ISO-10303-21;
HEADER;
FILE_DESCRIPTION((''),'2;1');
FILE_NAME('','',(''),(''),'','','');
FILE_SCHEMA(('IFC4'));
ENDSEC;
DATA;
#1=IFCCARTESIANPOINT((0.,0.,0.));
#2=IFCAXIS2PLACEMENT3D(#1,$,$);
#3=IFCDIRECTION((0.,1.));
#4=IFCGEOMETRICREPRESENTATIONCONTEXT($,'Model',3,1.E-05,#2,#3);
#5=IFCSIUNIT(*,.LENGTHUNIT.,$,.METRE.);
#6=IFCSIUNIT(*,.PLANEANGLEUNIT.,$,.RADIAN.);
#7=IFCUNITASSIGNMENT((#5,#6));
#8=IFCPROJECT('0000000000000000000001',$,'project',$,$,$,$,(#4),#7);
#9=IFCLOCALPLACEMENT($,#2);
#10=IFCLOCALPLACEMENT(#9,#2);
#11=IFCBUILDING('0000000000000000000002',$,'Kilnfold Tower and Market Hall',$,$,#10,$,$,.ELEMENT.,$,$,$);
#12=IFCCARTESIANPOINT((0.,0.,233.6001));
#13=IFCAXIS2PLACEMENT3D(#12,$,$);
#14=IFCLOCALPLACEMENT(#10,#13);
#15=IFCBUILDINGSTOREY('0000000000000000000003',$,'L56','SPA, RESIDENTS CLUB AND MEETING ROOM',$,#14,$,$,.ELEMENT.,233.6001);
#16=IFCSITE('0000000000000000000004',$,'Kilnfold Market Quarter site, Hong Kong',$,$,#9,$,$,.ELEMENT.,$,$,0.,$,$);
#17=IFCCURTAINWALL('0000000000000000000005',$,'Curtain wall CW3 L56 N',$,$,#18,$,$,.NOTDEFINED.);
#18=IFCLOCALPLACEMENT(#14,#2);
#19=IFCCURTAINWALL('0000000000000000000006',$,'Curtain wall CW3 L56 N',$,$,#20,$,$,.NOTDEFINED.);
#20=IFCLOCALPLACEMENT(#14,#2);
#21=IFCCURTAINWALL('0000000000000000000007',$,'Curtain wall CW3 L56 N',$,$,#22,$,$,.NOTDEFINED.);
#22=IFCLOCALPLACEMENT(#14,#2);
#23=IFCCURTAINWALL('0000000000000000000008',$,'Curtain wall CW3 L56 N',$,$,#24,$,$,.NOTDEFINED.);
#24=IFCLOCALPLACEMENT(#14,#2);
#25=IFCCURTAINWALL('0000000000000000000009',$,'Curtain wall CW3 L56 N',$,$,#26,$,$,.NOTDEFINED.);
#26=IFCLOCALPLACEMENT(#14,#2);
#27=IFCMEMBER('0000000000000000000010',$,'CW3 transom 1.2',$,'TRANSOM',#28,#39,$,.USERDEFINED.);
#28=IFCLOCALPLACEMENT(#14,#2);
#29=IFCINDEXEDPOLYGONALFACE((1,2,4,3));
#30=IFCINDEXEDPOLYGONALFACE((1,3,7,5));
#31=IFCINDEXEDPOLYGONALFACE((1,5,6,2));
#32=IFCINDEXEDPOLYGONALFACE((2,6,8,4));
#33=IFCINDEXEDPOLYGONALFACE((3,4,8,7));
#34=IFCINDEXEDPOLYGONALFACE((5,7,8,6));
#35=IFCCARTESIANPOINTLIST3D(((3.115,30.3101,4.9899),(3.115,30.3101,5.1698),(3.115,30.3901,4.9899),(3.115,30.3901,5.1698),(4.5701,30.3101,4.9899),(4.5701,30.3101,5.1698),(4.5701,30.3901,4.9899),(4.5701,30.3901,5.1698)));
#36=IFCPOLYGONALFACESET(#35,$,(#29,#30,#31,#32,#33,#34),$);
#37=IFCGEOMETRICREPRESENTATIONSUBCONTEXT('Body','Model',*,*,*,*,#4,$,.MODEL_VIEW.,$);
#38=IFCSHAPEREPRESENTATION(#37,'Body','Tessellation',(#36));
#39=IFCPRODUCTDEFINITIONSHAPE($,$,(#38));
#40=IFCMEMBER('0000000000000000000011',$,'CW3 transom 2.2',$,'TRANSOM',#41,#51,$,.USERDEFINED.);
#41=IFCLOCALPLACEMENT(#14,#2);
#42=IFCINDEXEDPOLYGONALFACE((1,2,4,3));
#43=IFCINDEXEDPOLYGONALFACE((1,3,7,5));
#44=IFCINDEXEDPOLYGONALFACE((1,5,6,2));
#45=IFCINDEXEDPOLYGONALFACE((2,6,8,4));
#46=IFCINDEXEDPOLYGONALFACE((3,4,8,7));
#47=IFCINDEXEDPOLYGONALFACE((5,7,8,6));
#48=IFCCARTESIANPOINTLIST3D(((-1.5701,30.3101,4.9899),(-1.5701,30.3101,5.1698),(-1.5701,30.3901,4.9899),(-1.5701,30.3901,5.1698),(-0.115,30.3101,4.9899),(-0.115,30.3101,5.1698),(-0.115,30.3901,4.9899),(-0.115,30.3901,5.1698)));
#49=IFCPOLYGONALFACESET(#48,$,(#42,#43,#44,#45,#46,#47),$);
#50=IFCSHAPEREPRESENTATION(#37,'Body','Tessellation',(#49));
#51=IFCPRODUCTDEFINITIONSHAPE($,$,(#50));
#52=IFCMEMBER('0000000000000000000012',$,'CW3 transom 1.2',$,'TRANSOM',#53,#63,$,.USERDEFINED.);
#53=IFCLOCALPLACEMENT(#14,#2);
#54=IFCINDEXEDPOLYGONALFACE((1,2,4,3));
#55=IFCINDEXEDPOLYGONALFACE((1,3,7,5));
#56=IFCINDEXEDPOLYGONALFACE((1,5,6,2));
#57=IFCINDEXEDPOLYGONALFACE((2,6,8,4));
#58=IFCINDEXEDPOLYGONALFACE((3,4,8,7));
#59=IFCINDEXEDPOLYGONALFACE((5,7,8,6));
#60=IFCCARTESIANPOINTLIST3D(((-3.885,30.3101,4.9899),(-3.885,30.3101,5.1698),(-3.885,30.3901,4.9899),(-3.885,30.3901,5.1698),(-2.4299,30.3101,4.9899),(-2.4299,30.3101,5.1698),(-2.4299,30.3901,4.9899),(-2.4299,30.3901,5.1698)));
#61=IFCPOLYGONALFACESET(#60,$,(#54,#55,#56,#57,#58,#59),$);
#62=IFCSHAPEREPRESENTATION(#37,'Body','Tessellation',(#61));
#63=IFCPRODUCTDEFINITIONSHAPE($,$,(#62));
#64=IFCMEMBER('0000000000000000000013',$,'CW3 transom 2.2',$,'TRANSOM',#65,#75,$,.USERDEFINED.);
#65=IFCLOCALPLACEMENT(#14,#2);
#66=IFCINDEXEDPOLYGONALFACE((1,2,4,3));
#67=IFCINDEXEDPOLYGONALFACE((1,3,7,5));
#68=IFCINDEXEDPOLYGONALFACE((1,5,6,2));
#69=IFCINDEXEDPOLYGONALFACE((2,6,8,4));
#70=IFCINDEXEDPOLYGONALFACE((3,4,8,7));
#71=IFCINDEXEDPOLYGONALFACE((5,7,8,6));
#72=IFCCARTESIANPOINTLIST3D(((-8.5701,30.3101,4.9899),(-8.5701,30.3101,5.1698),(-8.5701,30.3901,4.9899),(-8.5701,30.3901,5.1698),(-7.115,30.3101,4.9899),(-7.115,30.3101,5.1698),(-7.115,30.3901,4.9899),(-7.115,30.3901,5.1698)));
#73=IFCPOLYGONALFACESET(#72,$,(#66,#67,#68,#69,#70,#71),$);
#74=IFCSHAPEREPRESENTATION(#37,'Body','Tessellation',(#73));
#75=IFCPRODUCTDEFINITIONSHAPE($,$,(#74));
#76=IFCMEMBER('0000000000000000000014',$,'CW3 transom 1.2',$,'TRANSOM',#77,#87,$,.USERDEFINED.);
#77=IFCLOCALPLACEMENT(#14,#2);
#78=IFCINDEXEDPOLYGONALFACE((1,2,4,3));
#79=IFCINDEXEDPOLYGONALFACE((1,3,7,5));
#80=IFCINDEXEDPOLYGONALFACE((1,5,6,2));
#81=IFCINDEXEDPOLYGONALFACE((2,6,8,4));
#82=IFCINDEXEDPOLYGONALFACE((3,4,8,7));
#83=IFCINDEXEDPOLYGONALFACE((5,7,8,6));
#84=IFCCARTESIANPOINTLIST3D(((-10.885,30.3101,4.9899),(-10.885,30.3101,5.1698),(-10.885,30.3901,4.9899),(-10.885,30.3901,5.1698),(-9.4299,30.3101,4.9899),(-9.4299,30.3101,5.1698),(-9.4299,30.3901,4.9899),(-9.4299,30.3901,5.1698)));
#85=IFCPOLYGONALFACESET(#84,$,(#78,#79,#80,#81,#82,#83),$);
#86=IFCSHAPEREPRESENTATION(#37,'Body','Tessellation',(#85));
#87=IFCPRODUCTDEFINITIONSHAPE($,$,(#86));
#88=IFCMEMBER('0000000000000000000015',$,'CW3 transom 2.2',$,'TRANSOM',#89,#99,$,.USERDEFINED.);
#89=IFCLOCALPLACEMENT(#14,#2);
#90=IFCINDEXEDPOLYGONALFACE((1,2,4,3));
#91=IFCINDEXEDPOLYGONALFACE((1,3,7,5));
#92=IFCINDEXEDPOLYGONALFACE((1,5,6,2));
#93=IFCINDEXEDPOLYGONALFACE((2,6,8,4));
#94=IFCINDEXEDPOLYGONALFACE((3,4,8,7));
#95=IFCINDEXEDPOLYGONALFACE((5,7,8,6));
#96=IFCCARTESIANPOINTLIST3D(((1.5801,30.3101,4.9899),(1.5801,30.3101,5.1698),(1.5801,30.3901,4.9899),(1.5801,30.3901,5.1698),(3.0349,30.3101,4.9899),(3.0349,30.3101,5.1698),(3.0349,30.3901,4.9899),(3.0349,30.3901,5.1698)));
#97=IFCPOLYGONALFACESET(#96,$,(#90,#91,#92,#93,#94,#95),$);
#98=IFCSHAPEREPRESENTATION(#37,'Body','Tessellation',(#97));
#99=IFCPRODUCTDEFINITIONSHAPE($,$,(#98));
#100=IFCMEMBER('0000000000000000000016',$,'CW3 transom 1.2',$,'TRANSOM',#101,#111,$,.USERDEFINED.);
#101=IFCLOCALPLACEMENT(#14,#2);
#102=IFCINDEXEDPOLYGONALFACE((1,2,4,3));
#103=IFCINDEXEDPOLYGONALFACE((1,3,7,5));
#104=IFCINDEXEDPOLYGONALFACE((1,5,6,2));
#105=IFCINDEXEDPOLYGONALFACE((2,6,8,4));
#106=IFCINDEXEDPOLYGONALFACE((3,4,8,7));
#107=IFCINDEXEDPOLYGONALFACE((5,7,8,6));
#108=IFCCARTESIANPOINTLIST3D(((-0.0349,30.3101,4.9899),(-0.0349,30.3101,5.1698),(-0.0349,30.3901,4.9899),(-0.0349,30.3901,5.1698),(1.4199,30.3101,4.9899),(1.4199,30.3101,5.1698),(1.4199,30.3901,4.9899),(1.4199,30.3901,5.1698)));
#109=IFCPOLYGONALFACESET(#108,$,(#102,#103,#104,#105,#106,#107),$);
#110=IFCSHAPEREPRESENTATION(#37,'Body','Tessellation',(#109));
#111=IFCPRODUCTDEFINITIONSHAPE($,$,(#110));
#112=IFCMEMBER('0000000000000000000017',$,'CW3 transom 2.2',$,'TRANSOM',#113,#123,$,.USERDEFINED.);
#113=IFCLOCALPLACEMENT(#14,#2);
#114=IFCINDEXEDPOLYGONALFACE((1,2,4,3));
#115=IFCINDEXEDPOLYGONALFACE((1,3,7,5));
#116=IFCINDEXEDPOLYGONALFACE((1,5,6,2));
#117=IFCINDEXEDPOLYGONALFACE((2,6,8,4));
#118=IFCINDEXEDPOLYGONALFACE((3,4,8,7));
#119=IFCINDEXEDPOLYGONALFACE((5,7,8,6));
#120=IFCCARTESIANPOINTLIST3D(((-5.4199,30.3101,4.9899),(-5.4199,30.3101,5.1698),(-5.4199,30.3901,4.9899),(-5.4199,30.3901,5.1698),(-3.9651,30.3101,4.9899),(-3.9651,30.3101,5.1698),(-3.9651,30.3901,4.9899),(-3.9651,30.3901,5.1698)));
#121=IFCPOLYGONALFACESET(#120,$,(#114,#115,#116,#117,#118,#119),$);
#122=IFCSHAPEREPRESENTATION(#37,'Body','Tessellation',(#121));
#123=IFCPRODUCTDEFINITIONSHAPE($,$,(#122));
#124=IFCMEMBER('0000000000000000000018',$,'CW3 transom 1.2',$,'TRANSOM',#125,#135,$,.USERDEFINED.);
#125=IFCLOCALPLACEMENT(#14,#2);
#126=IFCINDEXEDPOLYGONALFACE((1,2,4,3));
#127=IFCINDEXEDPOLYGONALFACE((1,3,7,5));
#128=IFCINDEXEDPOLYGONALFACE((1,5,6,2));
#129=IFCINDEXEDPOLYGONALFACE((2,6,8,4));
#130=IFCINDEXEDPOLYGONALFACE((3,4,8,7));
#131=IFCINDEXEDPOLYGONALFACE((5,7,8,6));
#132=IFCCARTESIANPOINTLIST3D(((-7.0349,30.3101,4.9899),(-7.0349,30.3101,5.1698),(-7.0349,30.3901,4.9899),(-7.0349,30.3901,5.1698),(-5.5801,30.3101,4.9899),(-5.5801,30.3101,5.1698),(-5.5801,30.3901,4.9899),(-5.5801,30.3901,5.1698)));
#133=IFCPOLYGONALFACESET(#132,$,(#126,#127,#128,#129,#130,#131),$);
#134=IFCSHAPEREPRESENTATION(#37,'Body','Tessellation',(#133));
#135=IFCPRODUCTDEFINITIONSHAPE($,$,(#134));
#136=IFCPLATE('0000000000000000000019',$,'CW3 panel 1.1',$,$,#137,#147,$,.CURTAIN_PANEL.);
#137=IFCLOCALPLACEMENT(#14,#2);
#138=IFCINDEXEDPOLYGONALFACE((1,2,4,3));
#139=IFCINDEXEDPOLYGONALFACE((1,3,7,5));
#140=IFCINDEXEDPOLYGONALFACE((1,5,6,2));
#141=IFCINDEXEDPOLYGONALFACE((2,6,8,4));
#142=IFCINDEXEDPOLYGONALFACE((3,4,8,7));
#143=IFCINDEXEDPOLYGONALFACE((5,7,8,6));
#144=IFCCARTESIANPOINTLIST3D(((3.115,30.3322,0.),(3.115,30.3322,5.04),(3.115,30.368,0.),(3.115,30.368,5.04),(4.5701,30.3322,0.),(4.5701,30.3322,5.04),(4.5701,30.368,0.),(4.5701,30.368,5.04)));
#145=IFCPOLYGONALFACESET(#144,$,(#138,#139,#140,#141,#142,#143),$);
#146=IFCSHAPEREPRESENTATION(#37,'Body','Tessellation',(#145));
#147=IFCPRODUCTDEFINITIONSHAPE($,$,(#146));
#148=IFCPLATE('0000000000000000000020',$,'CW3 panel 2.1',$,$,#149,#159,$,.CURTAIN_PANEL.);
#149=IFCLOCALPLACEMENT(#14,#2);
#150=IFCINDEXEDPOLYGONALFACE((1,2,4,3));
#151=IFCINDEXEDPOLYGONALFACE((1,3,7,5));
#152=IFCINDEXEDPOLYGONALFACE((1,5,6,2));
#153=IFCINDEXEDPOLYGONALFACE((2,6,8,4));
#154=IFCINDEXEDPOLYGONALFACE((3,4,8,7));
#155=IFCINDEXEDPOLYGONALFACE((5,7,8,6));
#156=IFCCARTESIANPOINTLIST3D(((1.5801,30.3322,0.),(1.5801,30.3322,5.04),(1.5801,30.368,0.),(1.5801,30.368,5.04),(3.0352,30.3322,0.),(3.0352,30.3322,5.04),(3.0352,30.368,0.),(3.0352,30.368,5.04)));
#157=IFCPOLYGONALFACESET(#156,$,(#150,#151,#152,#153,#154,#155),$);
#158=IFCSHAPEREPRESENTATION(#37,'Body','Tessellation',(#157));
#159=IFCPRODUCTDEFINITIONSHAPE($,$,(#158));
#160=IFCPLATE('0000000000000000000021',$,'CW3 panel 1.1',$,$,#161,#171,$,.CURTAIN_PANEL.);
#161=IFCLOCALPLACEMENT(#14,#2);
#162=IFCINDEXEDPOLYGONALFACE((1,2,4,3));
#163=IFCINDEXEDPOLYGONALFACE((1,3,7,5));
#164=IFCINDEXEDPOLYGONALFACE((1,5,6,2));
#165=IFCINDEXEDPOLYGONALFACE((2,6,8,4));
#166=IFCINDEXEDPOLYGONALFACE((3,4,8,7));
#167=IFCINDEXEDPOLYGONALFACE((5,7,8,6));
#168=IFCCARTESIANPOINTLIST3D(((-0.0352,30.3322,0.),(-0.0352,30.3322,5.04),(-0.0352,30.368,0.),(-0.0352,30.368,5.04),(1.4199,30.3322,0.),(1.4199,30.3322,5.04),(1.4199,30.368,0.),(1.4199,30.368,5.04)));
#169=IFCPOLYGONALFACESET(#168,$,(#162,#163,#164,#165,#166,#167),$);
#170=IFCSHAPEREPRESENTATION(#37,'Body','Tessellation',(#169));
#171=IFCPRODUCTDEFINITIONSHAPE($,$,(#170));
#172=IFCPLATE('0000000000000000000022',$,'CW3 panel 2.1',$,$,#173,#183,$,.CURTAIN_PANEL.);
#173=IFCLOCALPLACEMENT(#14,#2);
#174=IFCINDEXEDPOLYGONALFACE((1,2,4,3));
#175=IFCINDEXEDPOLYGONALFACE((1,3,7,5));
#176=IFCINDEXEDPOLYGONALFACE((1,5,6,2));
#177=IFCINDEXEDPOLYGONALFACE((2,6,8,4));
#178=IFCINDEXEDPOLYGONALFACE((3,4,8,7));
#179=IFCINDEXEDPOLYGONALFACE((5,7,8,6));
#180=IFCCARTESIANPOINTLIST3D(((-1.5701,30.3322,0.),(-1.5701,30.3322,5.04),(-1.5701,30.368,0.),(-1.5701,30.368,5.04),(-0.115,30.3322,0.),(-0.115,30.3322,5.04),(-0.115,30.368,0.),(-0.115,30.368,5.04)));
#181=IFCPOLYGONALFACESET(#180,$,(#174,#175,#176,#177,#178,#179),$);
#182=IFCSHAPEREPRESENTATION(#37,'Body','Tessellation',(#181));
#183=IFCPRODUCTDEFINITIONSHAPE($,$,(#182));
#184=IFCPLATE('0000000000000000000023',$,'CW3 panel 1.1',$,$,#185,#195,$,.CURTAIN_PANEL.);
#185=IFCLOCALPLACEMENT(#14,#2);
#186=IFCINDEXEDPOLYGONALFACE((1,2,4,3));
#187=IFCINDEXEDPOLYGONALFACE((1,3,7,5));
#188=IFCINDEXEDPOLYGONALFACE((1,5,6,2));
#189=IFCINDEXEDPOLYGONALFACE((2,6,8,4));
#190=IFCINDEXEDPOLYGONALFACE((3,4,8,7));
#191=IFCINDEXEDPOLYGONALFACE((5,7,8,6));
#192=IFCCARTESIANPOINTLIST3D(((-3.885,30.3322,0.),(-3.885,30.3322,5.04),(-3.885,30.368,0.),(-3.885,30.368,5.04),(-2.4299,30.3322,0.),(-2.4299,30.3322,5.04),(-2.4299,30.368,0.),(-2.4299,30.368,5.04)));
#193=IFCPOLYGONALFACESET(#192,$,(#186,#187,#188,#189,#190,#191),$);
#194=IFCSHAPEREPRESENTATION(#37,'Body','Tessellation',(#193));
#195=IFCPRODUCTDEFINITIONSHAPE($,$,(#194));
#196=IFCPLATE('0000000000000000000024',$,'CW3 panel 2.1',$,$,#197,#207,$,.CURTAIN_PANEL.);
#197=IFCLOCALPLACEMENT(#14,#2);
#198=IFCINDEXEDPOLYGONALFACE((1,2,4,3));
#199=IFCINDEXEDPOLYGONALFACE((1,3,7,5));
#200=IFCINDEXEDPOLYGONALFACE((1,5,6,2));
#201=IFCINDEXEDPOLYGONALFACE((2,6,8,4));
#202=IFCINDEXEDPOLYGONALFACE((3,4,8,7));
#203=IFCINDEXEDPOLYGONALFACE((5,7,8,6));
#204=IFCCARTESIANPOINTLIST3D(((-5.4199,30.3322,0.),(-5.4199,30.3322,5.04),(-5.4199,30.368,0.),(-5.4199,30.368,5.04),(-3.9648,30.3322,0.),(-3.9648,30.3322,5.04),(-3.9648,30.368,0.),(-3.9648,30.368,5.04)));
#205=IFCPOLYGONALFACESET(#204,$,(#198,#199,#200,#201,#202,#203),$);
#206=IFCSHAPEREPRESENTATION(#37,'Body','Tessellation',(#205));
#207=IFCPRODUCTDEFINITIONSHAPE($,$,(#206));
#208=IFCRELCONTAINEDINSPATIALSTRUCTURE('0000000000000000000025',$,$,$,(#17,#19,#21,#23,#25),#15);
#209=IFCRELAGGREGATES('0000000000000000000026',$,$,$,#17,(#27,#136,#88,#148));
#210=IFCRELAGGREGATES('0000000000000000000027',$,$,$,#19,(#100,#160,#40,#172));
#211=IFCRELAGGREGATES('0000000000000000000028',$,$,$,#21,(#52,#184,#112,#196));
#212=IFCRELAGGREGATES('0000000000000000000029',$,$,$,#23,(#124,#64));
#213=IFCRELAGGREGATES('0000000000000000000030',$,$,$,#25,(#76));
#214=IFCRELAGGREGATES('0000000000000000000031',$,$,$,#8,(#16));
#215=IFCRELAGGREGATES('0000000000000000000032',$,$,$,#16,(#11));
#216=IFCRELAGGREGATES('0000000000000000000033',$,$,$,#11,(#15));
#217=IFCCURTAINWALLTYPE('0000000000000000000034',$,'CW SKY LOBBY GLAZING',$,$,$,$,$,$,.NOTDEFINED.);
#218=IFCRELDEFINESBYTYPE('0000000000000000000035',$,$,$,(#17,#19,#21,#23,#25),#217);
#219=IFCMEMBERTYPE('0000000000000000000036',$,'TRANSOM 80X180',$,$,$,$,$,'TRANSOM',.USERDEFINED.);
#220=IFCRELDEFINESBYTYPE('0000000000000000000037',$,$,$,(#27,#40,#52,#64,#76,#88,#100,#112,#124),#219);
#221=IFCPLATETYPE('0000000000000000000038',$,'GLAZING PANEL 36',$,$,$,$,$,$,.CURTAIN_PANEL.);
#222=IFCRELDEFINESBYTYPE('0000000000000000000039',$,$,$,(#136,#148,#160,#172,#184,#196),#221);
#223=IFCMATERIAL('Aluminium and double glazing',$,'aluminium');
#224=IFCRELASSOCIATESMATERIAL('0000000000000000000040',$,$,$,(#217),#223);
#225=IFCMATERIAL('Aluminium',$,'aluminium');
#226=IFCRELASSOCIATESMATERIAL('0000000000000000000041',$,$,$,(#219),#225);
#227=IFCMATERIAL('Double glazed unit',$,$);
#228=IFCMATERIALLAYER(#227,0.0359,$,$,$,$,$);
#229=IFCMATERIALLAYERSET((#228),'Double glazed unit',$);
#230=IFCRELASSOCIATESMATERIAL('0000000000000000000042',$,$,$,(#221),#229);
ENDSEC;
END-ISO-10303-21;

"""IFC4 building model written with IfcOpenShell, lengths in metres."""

from ifc_helpers import new_model, si_unit, direction, frame, origin, origin_2d, place, context, subcontext, project, spatial, rectangle, extrude, source, transform, mapped, material, layer, layer_set, material_profile, profile_set, type_object, element, aggregate, save


model = new_model("IFC4")

# Units and contexts
model_context = context("Model", 3, precision=1e-05, world=origin(), true_north=direction((0.0, 1.0)))
body_context = subcontext(model_context, "Body", "Model", "MODEL_VIEW")
ifc_project = project(units=[si_unit("LENGTHUNIT", "METRE"), si_unit("PLANEANGLEUNIT", "RADIAN")], contexts=[model_context])

# Site, building, storey
site_placement = place(None, origin())
site = spatial("IfcSite", under=ifc_project, at=site_placement, Name="Kilnfold Market Quarter site, Hong Kong", CompositionType="ELEMENT", RefElevation=0.0)
building_placement = place(site_placement, origin())
building = spatial("IfcBuilding", under=site, at=building_placement, Name="Kilnfold Tower and Market Hall", CompositionType="ELEMENT")
storey_placement = place(building_placement, frame((0.0, 0.0, 233.6001)))
storey = spatial("IfcBuildingStorey", under=building, at=storey_placement, Name="L56", Description="SPA, RESIDENTS CLUB AND MEETING ROOM", CompositionType="ELEMENT", Elevation=233.6001)

# Curtain walls
ifc_material_1 = material(Name="Aluminium and double glazing", Category="aluminium")
curtain_wall_type = type_object("IfcCurtainWallType", Name="CW SKY LOBBY GLAZING", PredefinedType="NOTDEFINED", material=ifc_material_1)
curtain_wall_1_placement = place(storey_placement, origin())
curtain_wall_1 = element("IfcCurtainWall", 1, at=curtain_wall_1_placement, inside=storey, type_object=curtain_wall_type, Name="Curtain wall CW3 L56 N", PredefinedType="NOTDEFINED")
curtain_wall_2_placement = place(storey_placement, origin())
curtain_wall_2 = element("IfcCurtainWall", 2, at=curtain_wall_2_placement, inside=storey, type_object=curtain_wall_type, Name="Curtain wall CW3 L56 N", PredefinedType="NOTDEFINED")
curtain_wall_3_placement = place(storey_placement, origin())
curtain_wall_3 = element("IfcCurtainWall", 3, at=curtain_wall_3_placement, inside=storey, type_object=curtain_wall_type, Name="Curtain wall CW3 L56 N", PredefinedType="NOTDEFINED")
curtain_wall_4_placement = place(storey_placement, origin())
curtain_wall_4 = element("IfcCurtainWall", 4, at=curtain_wall_4_placement, inside=storey, type_object=curtain_wall_type, Name="Curtain wall CW3 L56 N", PredefinedType="NOTDEFINED")

# Curtain wall
curtain_wall_5_placement = place(storey_placement, origin())
curtain_wall_5 = element("IfcCurtainWall", 5, at=curtain_wall_5_placement, inside=storey, type_object=curtain_wall_type, Name="Curtain wall CW3 L56 N", PredefinedType="NOTDEFINED")

# Members
ifc_material_2 = material(Name="Aluminium", Category="aluminium")
ifc_material_profile_1 = material_profile(ifc_material_2, rectangle(XDim=0.0801, YDim=0.1799, at=origin_2d()), Name="TRANSOM 80x180")
ifc_profile_set_1 = profile_set([ifc_material_profile_1], Name="Aluminium")
member_type_1 = type_object("IfcMemberType", Name="TRANSOM 80X180", ElementType="TRANSOM", PredefinedType="USERDEFINED", material=ifc_profile_set_1)
shared_shape_1 = source(origin(), body_context, "Body", "SweptSolid", [
    extrude(rectangle(XDim=0.0801, YDim=0.1799, at=origin_2d()), origin(), (0.0, 0.0, 1.0), 1.4551),
])
member_1_placement = place(storey_placement, frame((4.5701, 30.3501, 5.0798), z_axis=(-1.0, 0.0, 0.0), x_axis=(0.0, -1.0, 0.0)))
member_1 = element("IfcMember", 6, at=member_1_placement, type_object=member_type_1, Name="CW3 transom 1.2", ObjectType="TRANSOM", PredefinedType="USERDEFINED", context=body_context, shape_type="MappedRepresentation", body=[
    mapped(shared_shape_1, transform((0.0, 0.0, 0.0))),
])
member_2_placement = place(storey_placement, frame((-0.115, 30.3501, 5.0798), z_axis=(-1.0, 0.0, 0.0), x_axis=(0.0, -1.0, 0.0)))
member_2 = element("IfcMember", 7, at=member_2_placement, type_object=member_type_1, Name="CW3 transom 2.2", ObjectType="TRANSOM", PredefinedType="USERDEFINED", context=body_context, shape_type="MappedRepresentation", body=[
    mapped(shared_shape_1, transform((0.0, 0.0, 0.0))),
])
member_3_placement = place(storey_placement, frame((-2.4299, 30.3501, 5.0798), z_axis=(-1.0, 0.0, 0.0), x_axis=(0.0, -1.0, 0.0)))
member_3 = element("IfcMember", 8, at=member_3_placement, type_object=member_type_1, Name="CW3 transom 1.2", ObjectType="TRANSOM", PredefinedType="USERDEFINED", context=body_context, shape_type="MappedRepresentation", body=[
    mapped(shared_shape_1, transform((0.0, 0.0, 0.0))),
])
member_4_placement = place(storey_placement, frame((-7.115, 30.3501, 5.0798), z_axis=(-1.0, 0.0, 0.0), x_axis=(0.0, -1.0, 0.0)))
member_4 = element("IfcMember", 9, at=member_4_placement, type_object=member_type_1, Name="CW3 transom 2.2", ObjectType="TRANSOM", PredefinedType="USERDEFINED", context=body_context, shape_type="MappedRepresentation", body=[
    mapped(shared_shape_1, transform((0.0, 0.0, 0.0))),
])
member_5_placement = place(storey_placement, frame((-9.4299, 30.3501, 5.0798), z_axis=(-1.0, 0.0, 0.0), x_axis=(0.0, -1.0, 0.0)))
member_5 = element("IfcMember", 10, at=member_5_placement, type_object=member_type_1, Name="CW3 transom 1.2", ObjectType="TRANSOM", PredefinedType="USERDEFINED", context=body_context, shape_type="MappedRepresentation", body=[
    mapped(shared_shape_1, transform((0.0, 0.0, 0.0))),
])
shared_shape_2 = source(origin(), body_context, "Body", "SweptSolid", [
    extrude(rectangle(XDim=0.0801, YDim=0.1799, at=origin_2d()), origin(), (0.0, 0.0, 1.0), 1.4548),
])
member_6_placement = place(storey_placement, frame((3.0349, 30.3501, 5.0798), z_axis=(-1.0, 0.0, 0.0), x_axis=(0.0, -1.0, 0.0)))
member_6 = element("IfcMember", 11, at=member_6_placement, type_object=member_type_1, Name="CW3 transom 2.2", ObjectType="TRANSOM", PredefinedType="USERDEFINED", context=body_context, shape_type="MappedRepresentation", body=[
    mapped(shared_shape_2, transform((0.0, 0.0, 0.0))),
])
member_7_placement = place(storey_placement, frame((1.4199, 30.3501, 5.0798), z_axis=(-1.0, 0.0, 0.0), x_axis=(0.0, -1.0, 0.0)))
member_7 = element("IfcMember", 12, at=member_7_placement, type_object=member_type_1, Name="CW3 transom 1.2", ObjectType="TRANSOM", PredefinedType="USERDEFINED", context=body_context, shape_type="MappedRepresentation", body=[
    mapped(shared_shape_2, transform((0.0, 0.0, 0.0))),
])
member_8_placement = place(storey_placement, frame((-3.9651, 30.3501, 5.0798), z_axis=(-1.0, 0.0, 0.0), x_axis=(0.0, -1.0, 0.0)))
member_8 = element("IfcMember", 13, at=member_8_placement, type_object=member_type_1, Name="CW3 transom 2.2", ObjectType="TRANSOM", PredefinedType="USERDEFINED", context=body_context, shape_type="MappedRepresentation", body=[
    mapped(shared_shape_2, transform((0.0, 0.0, 0.0))),
])
member_9_placement = place(storey_placement, frame((-5.5801, 30.3501, 5.0798), z_axis=(-1.0, 0.0, 0.0), x_axis=(0.0, -1.0, 0.0)))
member_9 = element("IfcMember", 14, at=member_9_placement, type_object=member_type_1, Name="CW3 transom 1.2", ObjectType="TRANSOM", PredefinedType="USERDEFINED", context=body_context, shape_type="MappedRepresentation", body=[
    mapped(shared_shape_2, transform((0.0, 0.0, 0.0))),
])

# Plates
ifc_material_3 = material(Name="Double glazed unit")
ifc_layer = layer(ifc_material_3, 0.0359)
ifc_layer_set = layer_set([ifc_layer], Name="Double glazed unit")
plate_type = type_object("IfcPlateType", Name="GLAZING PANEL 36", PredefinedType="CURTAIN_PANEL", material=ifc_layer_set)
shared_shape_3 = source(origin(), body_context, "Body", "SweptSolid", [
    extrude(rectangle(XDim=1.4551, YDim=0.0359, at=origin_2d()), origin(), (0.0, 0.0, 1.0), 5.04),
])
plate_1_placement = place(storey_placement, frame((3.8425, 30.3501, 0.0), z_axis=(0.0, 0.0, 1.0), x_axis=(-1.0, 0.0, 0.0)))
plate_1 = element("IfcPlate", 15, at=plate_1_placement, type_object=plate_type, Name="CW3 panel 1.1", PredefinedType="CURTAIN_PANEL", context=body_context, shape_type="MappedRepresentation", body=[
    mapped(shared_shape_3, transform((0.0, 0.0, 0.0))),
])
plate_2_placement = place(storey_placement, frame((2.3076, 30.3501, 0.0), z_axis=(0.0, 0.0, 1.0), x_axis=(-1.0, 0.0, 0.0)))
plate_2 = element("IfcPlate", 16, at=plate_2_placement, type_object=plate_type, Name="CW3 panel 2.1", PredefinedType="CURTAIN_PANEL", context=body_context, shape_type="MappedRepresentation", body=[
    mapped(shared_shape_3, transform((0.0, 0.0, 0.0))),
])
aggregate(curtain_wall_1, [member_1, plate_1, member_6, plate_2])
plate_3_placement = place(storey_placement, frame((0.6924, 30.3501, 0.0), z_axis=(0.0, 0.0, 1.0), x_axis=(-1.0, 0.0, 0.0)))
plate_3 = element("IfcPlate", 17, at=plate_3_placement, type_object=plate_type, Name="CW3 panel 1.1", PredefinedType="CURTAIN_PANEL", context=body_context, shape_type="MappedRepresentation", body=[
    mapped(shared_shape_3, transform((0.0, 0.0, 0.0))),
])
plate_4_placement = place(storey_placement, frame((-0.8425, 30.3501, 0.0), z_axis=(0.0, 0.0, 1.0), x_axis=(-1.0, 0.0, 0.0)))
plate_4 = element("IfcPlate", 18, at=plate_4_placement, type_object=plate_type, Name="CW3 panel 2.1", PredefinedType="CURTAIN_PANEL", context=body_context, shape_type="MappedRepresentation", body=[
    mapped(shared_shape_3, transform((0.0, 0.0, 0.0))),
])
aggregate(curtain_wall_2, [member_7, plate_3, member_2, plate_4])
plate_5_placement = place(storey_placement, frame((-3.1575, 30.3501, 0.0), z_axis=(0.0, 0.0, 1.0), x_axis=(-1.0, 0.0, 0.0)))
plate_5 = element("IfcPlate", 19, at=plate_5_placement, type_object=plate_type, Name="CW3 panel 1.1", PredefinedType="CURTAIN_PANEL", context=body_context, shape_type="MappedRepresentation", body=[
    mapped(shared_shape_3, transform((0.0, 0.0, 0.0))),
])
plate_6_placement = place(storey_placement, frame((-4.6924, 30.3501, 0.0), z_axis=(0.0, 0.0, 1.0), x_axis=(-1.0, 0.0, 0.0)))
plate_6 = element("IfcPlate", 20, at=plate_6_placement, type_object=plate_type, Name="CW3 panel 2.1", PredefinedType="CURTAIN_PANEL", context=body_context, shape_type="MappedRepresentation", body=[
    mapped(shared_shape_3, transform((0.0, 0.0, 0.0))),
])
aggregate(curtain_wall_3, [member_3, plate_5, member_8, plate_6])
aggregate(curtain_wall_4, [member_9, member_4])
aggregate(curtain_wall_5, [member_5])

save(model, "model.ifc")
